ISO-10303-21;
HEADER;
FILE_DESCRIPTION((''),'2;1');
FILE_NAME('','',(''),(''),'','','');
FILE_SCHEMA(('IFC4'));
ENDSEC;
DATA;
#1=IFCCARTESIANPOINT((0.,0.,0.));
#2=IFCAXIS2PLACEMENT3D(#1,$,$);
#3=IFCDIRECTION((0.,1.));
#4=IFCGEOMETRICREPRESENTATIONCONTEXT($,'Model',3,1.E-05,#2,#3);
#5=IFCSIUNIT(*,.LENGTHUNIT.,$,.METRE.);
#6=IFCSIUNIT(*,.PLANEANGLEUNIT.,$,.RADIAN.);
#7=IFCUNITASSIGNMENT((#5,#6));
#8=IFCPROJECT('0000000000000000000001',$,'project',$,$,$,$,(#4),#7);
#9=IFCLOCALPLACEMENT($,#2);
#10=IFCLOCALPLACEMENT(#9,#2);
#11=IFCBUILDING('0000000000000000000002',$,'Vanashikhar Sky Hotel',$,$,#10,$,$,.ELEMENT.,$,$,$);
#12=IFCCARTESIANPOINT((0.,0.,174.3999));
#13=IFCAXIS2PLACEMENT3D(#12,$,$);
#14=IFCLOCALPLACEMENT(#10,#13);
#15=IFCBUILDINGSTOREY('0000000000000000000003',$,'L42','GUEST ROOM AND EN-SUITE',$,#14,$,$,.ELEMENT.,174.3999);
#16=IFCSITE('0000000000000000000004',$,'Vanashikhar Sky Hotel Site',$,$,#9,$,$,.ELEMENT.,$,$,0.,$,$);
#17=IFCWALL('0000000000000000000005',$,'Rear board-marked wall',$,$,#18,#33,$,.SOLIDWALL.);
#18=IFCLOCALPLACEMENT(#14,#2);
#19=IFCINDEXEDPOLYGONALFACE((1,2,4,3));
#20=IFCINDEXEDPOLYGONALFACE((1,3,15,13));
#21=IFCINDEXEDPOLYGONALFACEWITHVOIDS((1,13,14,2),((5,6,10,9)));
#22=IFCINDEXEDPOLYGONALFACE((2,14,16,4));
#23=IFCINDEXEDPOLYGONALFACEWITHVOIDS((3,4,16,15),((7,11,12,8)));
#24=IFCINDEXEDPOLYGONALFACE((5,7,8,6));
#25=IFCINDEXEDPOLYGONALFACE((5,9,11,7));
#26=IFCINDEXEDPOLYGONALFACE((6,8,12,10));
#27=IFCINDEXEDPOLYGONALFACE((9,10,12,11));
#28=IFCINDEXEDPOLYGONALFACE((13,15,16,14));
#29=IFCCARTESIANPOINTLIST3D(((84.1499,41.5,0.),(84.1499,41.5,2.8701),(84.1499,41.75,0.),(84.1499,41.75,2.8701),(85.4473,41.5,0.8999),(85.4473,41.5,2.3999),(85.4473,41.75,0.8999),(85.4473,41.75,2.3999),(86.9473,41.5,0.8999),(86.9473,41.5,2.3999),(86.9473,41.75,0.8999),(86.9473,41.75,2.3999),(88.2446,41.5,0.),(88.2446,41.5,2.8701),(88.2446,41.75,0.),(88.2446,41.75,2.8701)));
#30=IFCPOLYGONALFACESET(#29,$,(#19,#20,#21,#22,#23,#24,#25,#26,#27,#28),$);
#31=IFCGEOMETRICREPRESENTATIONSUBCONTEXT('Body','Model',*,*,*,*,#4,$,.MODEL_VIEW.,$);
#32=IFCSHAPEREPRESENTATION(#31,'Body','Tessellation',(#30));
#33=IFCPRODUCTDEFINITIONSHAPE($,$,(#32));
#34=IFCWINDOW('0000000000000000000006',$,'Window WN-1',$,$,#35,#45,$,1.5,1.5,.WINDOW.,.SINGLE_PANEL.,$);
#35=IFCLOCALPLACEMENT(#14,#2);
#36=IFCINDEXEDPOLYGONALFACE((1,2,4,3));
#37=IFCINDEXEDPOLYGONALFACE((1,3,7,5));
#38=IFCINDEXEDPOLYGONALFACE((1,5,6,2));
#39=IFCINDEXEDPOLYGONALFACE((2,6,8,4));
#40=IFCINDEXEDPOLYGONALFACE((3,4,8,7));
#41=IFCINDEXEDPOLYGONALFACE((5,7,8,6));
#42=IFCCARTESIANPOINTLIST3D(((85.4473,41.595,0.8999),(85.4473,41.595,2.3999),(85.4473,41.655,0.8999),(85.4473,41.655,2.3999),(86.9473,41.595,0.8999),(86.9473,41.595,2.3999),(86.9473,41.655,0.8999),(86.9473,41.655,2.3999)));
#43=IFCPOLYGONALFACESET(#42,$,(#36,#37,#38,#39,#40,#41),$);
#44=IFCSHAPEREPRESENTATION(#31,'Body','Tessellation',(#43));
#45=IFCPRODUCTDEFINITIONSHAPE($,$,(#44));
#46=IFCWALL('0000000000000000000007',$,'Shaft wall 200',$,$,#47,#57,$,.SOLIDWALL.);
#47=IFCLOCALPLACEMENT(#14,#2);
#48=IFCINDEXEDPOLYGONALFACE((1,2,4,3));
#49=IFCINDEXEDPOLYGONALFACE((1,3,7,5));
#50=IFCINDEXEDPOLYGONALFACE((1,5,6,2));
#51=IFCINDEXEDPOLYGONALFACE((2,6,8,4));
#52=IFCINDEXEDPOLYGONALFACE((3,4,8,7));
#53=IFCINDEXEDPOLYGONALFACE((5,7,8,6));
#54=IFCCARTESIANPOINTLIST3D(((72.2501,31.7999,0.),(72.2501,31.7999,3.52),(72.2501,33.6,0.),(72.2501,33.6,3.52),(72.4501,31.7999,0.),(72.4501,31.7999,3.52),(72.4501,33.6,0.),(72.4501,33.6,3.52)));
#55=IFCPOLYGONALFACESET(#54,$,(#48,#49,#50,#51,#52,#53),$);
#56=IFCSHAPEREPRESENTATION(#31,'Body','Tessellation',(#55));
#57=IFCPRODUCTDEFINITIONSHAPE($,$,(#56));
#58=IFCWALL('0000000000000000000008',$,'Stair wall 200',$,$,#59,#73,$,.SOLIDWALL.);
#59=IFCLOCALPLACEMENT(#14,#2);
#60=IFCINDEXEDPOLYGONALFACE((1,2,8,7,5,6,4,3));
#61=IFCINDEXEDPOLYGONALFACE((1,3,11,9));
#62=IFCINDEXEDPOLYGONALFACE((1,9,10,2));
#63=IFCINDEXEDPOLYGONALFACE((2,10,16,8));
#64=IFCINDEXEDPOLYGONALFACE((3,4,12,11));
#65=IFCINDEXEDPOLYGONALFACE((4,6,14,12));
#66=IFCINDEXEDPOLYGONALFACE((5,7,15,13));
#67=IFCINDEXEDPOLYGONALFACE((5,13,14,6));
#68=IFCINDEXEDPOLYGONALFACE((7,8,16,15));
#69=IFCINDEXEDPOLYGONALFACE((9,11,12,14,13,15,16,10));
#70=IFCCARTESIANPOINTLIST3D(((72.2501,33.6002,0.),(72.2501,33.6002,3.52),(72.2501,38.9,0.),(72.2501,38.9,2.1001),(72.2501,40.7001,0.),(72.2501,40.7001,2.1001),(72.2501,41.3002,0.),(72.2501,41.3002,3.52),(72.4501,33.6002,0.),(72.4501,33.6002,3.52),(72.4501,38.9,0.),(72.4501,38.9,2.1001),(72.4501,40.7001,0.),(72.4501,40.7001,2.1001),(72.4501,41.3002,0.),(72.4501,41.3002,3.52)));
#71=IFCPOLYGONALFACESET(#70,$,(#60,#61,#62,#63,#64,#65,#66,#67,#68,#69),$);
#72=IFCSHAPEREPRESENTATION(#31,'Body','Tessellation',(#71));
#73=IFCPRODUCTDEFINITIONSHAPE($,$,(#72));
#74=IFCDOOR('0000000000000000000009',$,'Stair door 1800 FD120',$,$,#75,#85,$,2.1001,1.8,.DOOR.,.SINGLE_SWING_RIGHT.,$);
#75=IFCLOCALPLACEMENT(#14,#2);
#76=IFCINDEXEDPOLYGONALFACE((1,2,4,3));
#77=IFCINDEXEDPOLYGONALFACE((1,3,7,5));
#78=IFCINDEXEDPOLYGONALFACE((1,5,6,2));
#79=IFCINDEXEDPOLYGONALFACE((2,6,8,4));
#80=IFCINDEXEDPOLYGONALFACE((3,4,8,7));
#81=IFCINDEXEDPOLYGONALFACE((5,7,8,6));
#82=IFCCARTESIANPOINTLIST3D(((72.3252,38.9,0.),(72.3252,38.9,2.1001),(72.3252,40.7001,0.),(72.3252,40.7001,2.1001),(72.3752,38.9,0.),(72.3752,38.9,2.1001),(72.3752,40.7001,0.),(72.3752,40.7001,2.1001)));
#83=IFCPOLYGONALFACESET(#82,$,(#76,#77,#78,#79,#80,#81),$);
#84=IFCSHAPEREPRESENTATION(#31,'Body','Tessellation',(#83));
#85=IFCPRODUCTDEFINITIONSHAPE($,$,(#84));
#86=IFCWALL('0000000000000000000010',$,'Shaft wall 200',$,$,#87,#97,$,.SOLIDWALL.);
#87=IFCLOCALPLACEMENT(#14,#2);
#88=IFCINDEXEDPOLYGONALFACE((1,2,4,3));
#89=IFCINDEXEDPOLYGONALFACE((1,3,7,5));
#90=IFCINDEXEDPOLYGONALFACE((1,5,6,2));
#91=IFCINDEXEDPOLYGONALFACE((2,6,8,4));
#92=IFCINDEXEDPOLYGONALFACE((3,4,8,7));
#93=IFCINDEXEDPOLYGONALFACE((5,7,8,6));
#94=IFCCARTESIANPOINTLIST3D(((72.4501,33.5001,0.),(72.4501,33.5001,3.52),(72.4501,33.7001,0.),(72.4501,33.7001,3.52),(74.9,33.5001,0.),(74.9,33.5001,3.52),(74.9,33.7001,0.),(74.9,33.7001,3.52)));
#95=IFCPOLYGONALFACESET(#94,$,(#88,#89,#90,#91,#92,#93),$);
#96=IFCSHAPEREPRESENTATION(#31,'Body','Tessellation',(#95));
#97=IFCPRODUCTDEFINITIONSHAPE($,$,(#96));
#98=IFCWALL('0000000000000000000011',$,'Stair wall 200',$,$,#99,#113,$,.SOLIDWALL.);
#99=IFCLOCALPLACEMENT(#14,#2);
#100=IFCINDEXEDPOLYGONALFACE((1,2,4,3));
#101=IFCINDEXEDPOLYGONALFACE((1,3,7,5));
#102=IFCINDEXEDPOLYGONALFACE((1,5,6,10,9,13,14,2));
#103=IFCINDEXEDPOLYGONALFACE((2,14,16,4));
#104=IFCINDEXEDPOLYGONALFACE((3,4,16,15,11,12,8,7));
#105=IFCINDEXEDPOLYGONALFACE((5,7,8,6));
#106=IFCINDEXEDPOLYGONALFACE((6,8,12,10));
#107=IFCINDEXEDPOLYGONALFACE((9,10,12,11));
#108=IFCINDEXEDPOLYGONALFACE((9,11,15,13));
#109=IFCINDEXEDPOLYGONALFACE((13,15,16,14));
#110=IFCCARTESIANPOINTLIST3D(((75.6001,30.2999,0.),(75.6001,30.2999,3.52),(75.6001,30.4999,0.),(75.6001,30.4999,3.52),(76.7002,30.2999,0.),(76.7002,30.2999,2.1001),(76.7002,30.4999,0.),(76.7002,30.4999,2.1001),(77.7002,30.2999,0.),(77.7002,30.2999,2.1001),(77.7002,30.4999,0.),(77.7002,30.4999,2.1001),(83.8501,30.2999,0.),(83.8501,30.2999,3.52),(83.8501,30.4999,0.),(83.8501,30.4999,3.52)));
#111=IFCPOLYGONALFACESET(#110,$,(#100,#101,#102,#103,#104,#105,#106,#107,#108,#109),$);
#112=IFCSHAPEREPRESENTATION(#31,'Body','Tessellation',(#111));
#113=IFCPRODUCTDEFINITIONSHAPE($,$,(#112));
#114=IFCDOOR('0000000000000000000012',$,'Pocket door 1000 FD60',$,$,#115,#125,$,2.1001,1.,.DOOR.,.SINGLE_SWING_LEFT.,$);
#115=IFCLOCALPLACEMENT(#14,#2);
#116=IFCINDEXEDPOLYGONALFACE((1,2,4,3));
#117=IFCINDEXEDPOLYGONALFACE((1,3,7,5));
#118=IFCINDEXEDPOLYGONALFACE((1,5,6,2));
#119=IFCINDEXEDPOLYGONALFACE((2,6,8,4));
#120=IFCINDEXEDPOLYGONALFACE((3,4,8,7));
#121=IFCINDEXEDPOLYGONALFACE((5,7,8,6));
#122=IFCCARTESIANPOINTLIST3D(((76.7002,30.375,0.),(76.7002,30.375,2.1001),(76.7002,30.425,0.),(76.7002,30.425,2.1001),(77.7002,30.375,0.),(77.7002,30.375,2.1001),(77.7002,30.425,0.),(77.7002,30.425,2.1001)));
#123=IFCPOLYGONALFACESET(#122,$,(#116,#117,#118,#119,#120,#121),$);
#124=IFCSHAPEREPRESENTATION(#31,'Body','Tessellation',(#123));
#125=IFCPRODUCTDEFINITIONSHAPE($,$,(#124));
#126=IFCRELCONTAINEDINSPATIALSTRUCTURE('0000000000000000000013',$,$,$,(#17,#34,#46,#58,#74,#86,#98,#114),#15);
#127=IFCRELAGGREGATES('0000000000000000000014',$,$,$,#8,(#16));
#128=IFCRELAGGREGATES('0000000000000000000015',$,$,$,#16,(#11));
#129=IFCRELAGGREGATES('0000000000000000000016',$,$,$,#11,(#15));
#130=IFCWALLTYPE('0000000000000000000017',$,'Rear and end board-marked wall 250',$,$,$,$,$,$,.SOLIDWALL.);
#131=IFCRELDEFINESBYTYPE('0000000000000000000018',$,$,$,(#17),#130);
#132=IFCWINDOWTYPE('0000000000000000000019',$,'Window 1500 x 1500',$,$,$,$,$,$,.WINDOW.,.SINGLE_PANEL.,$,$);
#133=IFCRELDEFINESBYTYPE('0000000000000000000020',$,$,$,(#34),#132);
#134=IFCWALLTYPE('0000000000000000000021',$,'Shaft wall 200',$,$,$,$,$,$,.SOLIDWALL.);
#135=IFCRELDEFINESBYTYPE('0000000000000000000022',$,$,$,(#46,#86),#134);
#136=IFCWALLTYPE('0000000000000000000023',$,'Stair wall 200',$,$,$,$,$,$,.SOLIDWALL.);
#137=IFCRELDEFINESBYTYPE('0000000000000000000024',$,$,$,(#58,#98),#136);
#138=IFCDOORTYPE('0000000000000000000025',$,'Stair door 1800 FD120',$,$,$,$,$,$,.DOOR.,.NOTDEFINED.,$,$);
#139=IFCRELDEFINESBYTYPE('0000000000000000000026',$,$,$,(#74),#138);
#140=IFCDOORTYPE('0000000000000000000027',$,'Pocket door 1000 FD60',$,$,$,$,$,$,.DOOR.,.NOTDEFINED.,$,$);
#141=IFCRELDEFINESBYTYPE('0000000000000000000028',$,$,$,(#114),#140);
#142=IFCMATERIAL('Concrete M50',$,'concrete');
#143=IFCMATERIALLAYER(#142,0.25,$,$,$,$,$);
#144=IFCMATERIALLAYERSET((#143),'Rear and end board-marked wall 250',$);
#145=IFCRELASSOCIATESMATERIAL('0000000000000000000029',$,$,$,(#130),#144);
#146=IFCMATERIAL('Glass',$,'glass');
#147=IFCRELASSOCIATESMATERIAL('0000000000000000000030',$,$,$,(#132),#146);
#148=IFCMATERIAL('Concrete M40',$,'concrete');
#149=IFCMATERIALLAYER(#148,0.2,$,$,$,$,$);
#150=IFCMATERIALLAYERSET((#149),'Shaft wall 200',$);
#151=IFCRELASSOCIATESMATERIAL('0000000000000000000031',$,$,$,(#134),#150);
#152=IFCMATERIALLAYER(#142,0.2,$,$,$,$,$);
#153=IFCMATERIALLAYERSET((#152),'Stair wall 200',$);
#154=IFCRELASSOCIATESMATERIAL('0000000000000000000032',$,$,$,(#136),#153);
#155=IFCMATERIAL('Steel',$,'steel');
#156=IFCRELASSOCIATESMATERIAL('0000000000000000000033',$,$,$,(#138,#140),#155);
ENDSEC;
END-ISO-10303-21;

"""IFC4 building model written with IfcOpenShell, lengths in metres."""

from ifc_helpers import new_model, si_unit, direction, frame, frame_2d, origin, place, context, subcontext, project, spatial, rectangle, extrude, source, transform, mapped, material, layer, layer_set, type_object, element, fill, save


model = new_model("IFC4")

# Units and contexts
model_context = context("Model", 3, precision=1e-05, world=origin(), true_north=direction((0.0, 1.0)))
body_context = subcontext(model_context, "Body", "Model", "MODEL_VIEW")
ifc_project = project(units=[si_unit("LENGTHUNIT", "METRE"), si_unit("PLANEANGLEUNIT", "RADIAN")], contexts=[model_context])

# Site, building, storey
site_placement = place(None, origin())
site = spatial("IfcSite", under=ifc_project, at=site_placement, Name="Vanashikhar Sky Hotel Site", CompositionType="ELEMENT", RefElevation=0.0)
building_placement = place(site_placement, origin())
building = spatial("IfcBuilding", under=site, at=building_placement, Name="Vanashikhar Sky Hotel", CompositionType="ELEMENT")
storey_placement = place(building_placement, frame((0.0, 0.0, 174.3999)))
storey = spatial("IfcBuildingStorey", under=building, at=storey_placement, Name="L42", Description="GUEST ROOM AND EN-SUITE", CompositionType="ELEMENT", Elevation=174.3999)

# Shared definitions
ifc_material_1 = material(Name="Concrete M50", Category="concrete")
ifc_material_2 = material(Name="Glass", Category="glass")

# Shared definitions
ifc_layer_1 = layer(ifc_material_1, 0.25)
ifc_layer_set_1 = layer_set([ifc_layer_1], Name="Rear and end board-marked wall 250")
wall_type_1 = type_object("IfcWallType", Name="Rear and end board-marked wall 250", PredefinedType="SOLIDWALL", material=ifc_layer_set_1)

# Wall, opening, window
shared_shape_1 = source(origin(), body_context, "Body", "SweptSolid", [
    extrude(rectangle(XDim=4.0947, YDim=0.25, at=frame_2d((2.0474, 0.0))), origin(), (0.0, 0.0, 1.0), 2.8701),
])
wall_1_placement = place(storey_placement, frame((88.2446, 41.625, 0.0), z_axis=(0.0, 0.0, 1.0), x_axis=(-1.0, 0.0, 0.0)))
wall_1 = element("IfcWall", 1, at=wall_1_placement, inside=storey, type_object=wall_type_1, Name="Rear board-marked wall", PredefinedType="SOLIDWALL", context=body_context, shape_type="MappedRepresentation", body=[
    mapped(shared_shape_1, transform((0.0, 0.0, 0.0), scale=1.0)),
])
shared_shape_2 = source(origin(), body_context, "Body", "SweptSolid", [
    extrude(rectangle(XDim=1.5, YDim=1.5, at=frame_2d((0.75, 0.75))), frame((0.0, 0.135, 0.0), z_axis=(0.0, -1.0, 0.0), x_axis=(1.0, 0.0, 0.0)), (0.0, 0.0, 1.0), 0.27),
])
opening_1_placement = place(wall_1_placement, frame((1.2974, 0.0, 0.8999)))
opening_1 = element("IfcOpeningElement", 2, at=opening_1_placement, cuts=wall_1, PredefinedType="OPENING", context=body_context, shape_type="MappedRepresentation", body=[
    mapped(shared_shape_2, transform((0.0, 0.0, 0.0), scale=1.0)),
])
window_type_1 = type_object("IfcWindowType", Name="Window 1500 x 1500", PartitioningType="SINGLE_PANEL", PredefinedType="WINDOW", material=ifc_material_2)
shared_shape_3 = source(origin(), body_context, "Body", "SweptSolid", [
    extrude(rectangle(XDim=1.5, YDim=1.5, at=frame_2d((0.75, 0.75))), frame((0.0, 0.03, 0.0), z_axis=(0.0, -1.0, 0.0), x_axis=(1.0, 0.0, 0.0)), (0.0, 0.0, 1.0), 0.0601),
])
window_1_placement = place(opening_1_placement, origin())
window_1 = element("IfcWindow", 3, at=window_1_placement, inside=storey, type_object=window_type_1, Name="Window WN-1", OverallHeight=1.5, OverallWidth=1.5, PartitioningType="SINGLE_PANEL", PredefinedType="WINDOW", context=body_context, shape_type="MappedRepresentation", body=[
    mapped(shared_shape_3, transform((0.0, 0.0, 0.0), scale=1.0)),
])
fill(opening_1, window_1)

# Wall
ifc_material_3 = material(Name="Concrete M40", Category="concrete")
ifc_layer_2 = layer(ifc_material_3, 0.2)
ifc_layer_set_2 = layer_set([ifc_layer_2], Name="Shaft wall 200")
wall_type_2 = type_object("IfcWallType", Name="Shaft wall 200", PredefinedType="SOLIDWALL", material=ifc_layer_set_2)
shared_shape_4 = source(origin(), body_context, "Body", "SweptSolid", [
    extrude(rectangle(XDim=1.8, YDim=0.2, at=frame_2d((0.8999, 0.0))), origin(), (0.0, 0.0, 1.0), 3.52),
])
wall_2_placement = place(storey_placement, frame((72.3501, 31.8, 0.0), z_axis=(0.0, 0.0, 1.0), x_axis=(0.0, 1.0, 0.0)))
element("IfcWall", 4, at=wall_2_placement, inside=storey, type_object=wall_type_2, Name="Shaft wall 200", PredefinedType="SOLIDWALL", context=body_context, shape_type="MappedRepresentation", body=[
    mapped(shared_shape_4, transform((0.0, 0.0, 0.0), scale=1.0)),
])

# Wall, opening, door
ifc_layer_3 = layer(ifc_material_1, 0.2)
ifc_layer_set_3 = layer_set([ifc_layer_3], Name="Stair wall 200")
wall_type_3 = type_object("IfcWallType", Name="Stair wall 200", PredefinedType="SOLIDWALL", material=ifc_layer_set_3)
shared_shape_5 = source(origin(), body_context, "Body", "SweptSolid", [
    extrude(rectangle(XDim=7.7, YDim=0.2, at=frame_2d((3.8501, 0.0))), origin(), (0.0, 0.0, 1.0), 3.52),
])
wall_3_placement = place(storey_placement, frame((72.3501, 33.6001, 0.0), z_axis=(0.0, 0.0, 1.0), x_axis=(0.0, 1.0, 0.0)))
wall_3 = element("IfcWall", 5, at=wall_3_placement, inside=storey, type_object=wall_type_3, Name="Stair wall 200", PredefinedType="SOLIDWALL", context=body_context, shape_type="MappedRepresentation", body=[
    mapped(shared_shape_5, transform((0.0, 0.0, 0.0), scale=1.0)),
])
shared_shape_6 = source(origin(), body_context, "Body", "SweptSolid", [
    extrude(rectangle(XDim=1.8, YDim=2.1001, at=frame_2d((0.8999, 1.05))), frame((0.0, 0.1099, 0.0), z_axis=(0.0, -1.0, 0.0), x_axis=(1.0, 0.0, 0.0)), (0.0, 0.0, 1.0), 0.22),
])
opening_2_placement = place(wall_3_placement, frame((5.3, 0.0, 0.0)))
opening_2 = element("IfcOpeningElement", 6, at=opening_2_placement, cuts=wall_3, PredefinedType="OPENING", context=body_context, shape_type="MappedRepresentation", body=[
    mapped(shared_shape_6, transform((0.0, 0.0, 0.0), scale=1.0)),
])
ifc_material_4 = material(Name="Steel", Category="steel")
door_type_1 = type_object("IfcDoorType", Name="Stair door 1800 FD120", OperationType="NOTDEFINED", PredefinedType="DOOR", material=ifc_material_4)
shared_shape_7 = source(origin(), body_context, "Body", "SweptSolid", [
    extrude(rectangle(XDim=1.8, YDim=2.1001, at=frame_2d((0.8999, 1.05))), frame((0.0, 0.0249, 0.0), z_axis=(0.0, -1.0, 0.0), x_axis=(1.0, 0.0, 0.0)), (0.0, 0.0, 1.0), 0.05),
])
door_1_placement = place(opening_2_placement, origin())
door_1 = element("IfcDoor", 7, at=door_1_placement, inside=storey, type_object=door_type_1, Name="Stair door 1800 FD120", OperationType="SINGLE_SWING_RIGHT", OverallHeight=2.1001, OverallWidth=1.8, PredefinedType="DOOR", context=body_context, shape_type="MappedRepresentation", body=[
    mapped(shared_shape_7, transform((0.0, 0.0, 0.0), scale=1.0)),
])
fill(opening_2, door_1)

# Wall
shared_shape_8 = source(origin(), body_context, "Body", "SweptSolid", [
    extrude(rectangle(XDim=2.45, YDim=0.2, at=frame_2d((1.2251, 0.0))), origin(), (0.0, 0.0, 1.0), 3.52),
])
wall_4_placement = place(storey_placement, frame((72.45, 33.6001, 0.0), z_axis=(0.0, 0.0, 1.0), x_axis=(1.0, 0.0, 0.0)))
element("IfcWall", 8, at=wall_4_placement, inside=storey, type_object=wall_type_2, Name="Shaft wall 200", PredefinedType="SOLIDWALL", context=body_context, shape_type="MappedRepresentation", body=[
    mapped(shared_shape_8, transform((0.0, 0.0, 0.0), scale=1.0)),
])

# Wall, opening, door
shared_shape_9 = source(origin(), body_context, "Body", "SweptSolid", [
    extrude(rectangle(XDim=8.25, YDim=0.2, at=frame_2d((4.125, 0.0))), origin(), (0.0, 0.0, 1.0), 3.52),
])
wall_5_placement = place(storey_placement, frame((83.8501, 30.3999, 0.0), z_axis=(0.0, 0.0, 1.0), x_axis=(-1.0, 0.0, 0.0)))
wall_5 = element("IfcWall", 9, at=wall_5_placement, inside=storey, type_object=wall_type_3, Name="Stair wall 200", PredefinedType="SOLIDWALL", context=body_context, shape_type="MappedRepresentation", body=[
    mapped(shared_shape_9, transform((0.0, 0.0, 0.0), scale=1.0)),
])
shared_shape_10 = source(origin(), body_context, "Body", "SweptSolid", [
    extrude(rectangle(XDim=1.0, YDim=2.1001, at=frame_2d((0.5, 1.05))), frame((0.0, 0.1099, 0.0), z_axis=(0.0, -1.0, 0.0), x_axis=(1.0, 0.0, 0.0)), (0.0, 0.0, 1.0), 0.22),
])
opening_3_placement = place(wall_5_placement, frame((6.1499, 0.0, 0.0)))
opening_3 = element("IfcOpeningElement", 10, at=opening_3_placement, cuts=wall_5, PredefinedType="OPENING", context=body_context, shape_type="MappedRepresentation", body=[
    mapped(shared_shape_10, transform((0.0, 0.0, 0.0), scale=1.0)),
])
door_type_2 = type_object("IfcDoorType", Name="Pocket door 1000 FD60", OperationType="NOTDEFINED", PredefinedType="DOOR", material=ifc_material_4)
shared_shape_11 = source(origin(), body_context, "Body", "SweptSolid", [
    extrude(rectangle(XDim=1.0, YDim=2.1001, at=frame_2d((0.5, 1.05))), frame((0.0, 0.0249, 0.0), z_axis=(0.0, -1.0, 0.0), x_axis=(1.0, 0.0, 0.0)), (0.0, 0.0, 1.0), 0.05),
])
door_2_placement = place(opening_3_placement, origin())
door_2 = element("IfcDoor", 11, at=door_2_placement, inside=storey, type_object=door_type_2, Name="Pocket door 1000 FD60", OperationType="SINGLE_SWING_LEFT", OverallHeight=2.1001, OverallWidth=1.0, PredefinedType="DOOR", context=body_context, shape_type="MappedRepresentation", body=[
    mapped(shared_shape_11, transform((0.0, 0.0, 0.0), scale=1.0)),
])
fill(opening_3, door_2)

save(model, "model.ifc")
